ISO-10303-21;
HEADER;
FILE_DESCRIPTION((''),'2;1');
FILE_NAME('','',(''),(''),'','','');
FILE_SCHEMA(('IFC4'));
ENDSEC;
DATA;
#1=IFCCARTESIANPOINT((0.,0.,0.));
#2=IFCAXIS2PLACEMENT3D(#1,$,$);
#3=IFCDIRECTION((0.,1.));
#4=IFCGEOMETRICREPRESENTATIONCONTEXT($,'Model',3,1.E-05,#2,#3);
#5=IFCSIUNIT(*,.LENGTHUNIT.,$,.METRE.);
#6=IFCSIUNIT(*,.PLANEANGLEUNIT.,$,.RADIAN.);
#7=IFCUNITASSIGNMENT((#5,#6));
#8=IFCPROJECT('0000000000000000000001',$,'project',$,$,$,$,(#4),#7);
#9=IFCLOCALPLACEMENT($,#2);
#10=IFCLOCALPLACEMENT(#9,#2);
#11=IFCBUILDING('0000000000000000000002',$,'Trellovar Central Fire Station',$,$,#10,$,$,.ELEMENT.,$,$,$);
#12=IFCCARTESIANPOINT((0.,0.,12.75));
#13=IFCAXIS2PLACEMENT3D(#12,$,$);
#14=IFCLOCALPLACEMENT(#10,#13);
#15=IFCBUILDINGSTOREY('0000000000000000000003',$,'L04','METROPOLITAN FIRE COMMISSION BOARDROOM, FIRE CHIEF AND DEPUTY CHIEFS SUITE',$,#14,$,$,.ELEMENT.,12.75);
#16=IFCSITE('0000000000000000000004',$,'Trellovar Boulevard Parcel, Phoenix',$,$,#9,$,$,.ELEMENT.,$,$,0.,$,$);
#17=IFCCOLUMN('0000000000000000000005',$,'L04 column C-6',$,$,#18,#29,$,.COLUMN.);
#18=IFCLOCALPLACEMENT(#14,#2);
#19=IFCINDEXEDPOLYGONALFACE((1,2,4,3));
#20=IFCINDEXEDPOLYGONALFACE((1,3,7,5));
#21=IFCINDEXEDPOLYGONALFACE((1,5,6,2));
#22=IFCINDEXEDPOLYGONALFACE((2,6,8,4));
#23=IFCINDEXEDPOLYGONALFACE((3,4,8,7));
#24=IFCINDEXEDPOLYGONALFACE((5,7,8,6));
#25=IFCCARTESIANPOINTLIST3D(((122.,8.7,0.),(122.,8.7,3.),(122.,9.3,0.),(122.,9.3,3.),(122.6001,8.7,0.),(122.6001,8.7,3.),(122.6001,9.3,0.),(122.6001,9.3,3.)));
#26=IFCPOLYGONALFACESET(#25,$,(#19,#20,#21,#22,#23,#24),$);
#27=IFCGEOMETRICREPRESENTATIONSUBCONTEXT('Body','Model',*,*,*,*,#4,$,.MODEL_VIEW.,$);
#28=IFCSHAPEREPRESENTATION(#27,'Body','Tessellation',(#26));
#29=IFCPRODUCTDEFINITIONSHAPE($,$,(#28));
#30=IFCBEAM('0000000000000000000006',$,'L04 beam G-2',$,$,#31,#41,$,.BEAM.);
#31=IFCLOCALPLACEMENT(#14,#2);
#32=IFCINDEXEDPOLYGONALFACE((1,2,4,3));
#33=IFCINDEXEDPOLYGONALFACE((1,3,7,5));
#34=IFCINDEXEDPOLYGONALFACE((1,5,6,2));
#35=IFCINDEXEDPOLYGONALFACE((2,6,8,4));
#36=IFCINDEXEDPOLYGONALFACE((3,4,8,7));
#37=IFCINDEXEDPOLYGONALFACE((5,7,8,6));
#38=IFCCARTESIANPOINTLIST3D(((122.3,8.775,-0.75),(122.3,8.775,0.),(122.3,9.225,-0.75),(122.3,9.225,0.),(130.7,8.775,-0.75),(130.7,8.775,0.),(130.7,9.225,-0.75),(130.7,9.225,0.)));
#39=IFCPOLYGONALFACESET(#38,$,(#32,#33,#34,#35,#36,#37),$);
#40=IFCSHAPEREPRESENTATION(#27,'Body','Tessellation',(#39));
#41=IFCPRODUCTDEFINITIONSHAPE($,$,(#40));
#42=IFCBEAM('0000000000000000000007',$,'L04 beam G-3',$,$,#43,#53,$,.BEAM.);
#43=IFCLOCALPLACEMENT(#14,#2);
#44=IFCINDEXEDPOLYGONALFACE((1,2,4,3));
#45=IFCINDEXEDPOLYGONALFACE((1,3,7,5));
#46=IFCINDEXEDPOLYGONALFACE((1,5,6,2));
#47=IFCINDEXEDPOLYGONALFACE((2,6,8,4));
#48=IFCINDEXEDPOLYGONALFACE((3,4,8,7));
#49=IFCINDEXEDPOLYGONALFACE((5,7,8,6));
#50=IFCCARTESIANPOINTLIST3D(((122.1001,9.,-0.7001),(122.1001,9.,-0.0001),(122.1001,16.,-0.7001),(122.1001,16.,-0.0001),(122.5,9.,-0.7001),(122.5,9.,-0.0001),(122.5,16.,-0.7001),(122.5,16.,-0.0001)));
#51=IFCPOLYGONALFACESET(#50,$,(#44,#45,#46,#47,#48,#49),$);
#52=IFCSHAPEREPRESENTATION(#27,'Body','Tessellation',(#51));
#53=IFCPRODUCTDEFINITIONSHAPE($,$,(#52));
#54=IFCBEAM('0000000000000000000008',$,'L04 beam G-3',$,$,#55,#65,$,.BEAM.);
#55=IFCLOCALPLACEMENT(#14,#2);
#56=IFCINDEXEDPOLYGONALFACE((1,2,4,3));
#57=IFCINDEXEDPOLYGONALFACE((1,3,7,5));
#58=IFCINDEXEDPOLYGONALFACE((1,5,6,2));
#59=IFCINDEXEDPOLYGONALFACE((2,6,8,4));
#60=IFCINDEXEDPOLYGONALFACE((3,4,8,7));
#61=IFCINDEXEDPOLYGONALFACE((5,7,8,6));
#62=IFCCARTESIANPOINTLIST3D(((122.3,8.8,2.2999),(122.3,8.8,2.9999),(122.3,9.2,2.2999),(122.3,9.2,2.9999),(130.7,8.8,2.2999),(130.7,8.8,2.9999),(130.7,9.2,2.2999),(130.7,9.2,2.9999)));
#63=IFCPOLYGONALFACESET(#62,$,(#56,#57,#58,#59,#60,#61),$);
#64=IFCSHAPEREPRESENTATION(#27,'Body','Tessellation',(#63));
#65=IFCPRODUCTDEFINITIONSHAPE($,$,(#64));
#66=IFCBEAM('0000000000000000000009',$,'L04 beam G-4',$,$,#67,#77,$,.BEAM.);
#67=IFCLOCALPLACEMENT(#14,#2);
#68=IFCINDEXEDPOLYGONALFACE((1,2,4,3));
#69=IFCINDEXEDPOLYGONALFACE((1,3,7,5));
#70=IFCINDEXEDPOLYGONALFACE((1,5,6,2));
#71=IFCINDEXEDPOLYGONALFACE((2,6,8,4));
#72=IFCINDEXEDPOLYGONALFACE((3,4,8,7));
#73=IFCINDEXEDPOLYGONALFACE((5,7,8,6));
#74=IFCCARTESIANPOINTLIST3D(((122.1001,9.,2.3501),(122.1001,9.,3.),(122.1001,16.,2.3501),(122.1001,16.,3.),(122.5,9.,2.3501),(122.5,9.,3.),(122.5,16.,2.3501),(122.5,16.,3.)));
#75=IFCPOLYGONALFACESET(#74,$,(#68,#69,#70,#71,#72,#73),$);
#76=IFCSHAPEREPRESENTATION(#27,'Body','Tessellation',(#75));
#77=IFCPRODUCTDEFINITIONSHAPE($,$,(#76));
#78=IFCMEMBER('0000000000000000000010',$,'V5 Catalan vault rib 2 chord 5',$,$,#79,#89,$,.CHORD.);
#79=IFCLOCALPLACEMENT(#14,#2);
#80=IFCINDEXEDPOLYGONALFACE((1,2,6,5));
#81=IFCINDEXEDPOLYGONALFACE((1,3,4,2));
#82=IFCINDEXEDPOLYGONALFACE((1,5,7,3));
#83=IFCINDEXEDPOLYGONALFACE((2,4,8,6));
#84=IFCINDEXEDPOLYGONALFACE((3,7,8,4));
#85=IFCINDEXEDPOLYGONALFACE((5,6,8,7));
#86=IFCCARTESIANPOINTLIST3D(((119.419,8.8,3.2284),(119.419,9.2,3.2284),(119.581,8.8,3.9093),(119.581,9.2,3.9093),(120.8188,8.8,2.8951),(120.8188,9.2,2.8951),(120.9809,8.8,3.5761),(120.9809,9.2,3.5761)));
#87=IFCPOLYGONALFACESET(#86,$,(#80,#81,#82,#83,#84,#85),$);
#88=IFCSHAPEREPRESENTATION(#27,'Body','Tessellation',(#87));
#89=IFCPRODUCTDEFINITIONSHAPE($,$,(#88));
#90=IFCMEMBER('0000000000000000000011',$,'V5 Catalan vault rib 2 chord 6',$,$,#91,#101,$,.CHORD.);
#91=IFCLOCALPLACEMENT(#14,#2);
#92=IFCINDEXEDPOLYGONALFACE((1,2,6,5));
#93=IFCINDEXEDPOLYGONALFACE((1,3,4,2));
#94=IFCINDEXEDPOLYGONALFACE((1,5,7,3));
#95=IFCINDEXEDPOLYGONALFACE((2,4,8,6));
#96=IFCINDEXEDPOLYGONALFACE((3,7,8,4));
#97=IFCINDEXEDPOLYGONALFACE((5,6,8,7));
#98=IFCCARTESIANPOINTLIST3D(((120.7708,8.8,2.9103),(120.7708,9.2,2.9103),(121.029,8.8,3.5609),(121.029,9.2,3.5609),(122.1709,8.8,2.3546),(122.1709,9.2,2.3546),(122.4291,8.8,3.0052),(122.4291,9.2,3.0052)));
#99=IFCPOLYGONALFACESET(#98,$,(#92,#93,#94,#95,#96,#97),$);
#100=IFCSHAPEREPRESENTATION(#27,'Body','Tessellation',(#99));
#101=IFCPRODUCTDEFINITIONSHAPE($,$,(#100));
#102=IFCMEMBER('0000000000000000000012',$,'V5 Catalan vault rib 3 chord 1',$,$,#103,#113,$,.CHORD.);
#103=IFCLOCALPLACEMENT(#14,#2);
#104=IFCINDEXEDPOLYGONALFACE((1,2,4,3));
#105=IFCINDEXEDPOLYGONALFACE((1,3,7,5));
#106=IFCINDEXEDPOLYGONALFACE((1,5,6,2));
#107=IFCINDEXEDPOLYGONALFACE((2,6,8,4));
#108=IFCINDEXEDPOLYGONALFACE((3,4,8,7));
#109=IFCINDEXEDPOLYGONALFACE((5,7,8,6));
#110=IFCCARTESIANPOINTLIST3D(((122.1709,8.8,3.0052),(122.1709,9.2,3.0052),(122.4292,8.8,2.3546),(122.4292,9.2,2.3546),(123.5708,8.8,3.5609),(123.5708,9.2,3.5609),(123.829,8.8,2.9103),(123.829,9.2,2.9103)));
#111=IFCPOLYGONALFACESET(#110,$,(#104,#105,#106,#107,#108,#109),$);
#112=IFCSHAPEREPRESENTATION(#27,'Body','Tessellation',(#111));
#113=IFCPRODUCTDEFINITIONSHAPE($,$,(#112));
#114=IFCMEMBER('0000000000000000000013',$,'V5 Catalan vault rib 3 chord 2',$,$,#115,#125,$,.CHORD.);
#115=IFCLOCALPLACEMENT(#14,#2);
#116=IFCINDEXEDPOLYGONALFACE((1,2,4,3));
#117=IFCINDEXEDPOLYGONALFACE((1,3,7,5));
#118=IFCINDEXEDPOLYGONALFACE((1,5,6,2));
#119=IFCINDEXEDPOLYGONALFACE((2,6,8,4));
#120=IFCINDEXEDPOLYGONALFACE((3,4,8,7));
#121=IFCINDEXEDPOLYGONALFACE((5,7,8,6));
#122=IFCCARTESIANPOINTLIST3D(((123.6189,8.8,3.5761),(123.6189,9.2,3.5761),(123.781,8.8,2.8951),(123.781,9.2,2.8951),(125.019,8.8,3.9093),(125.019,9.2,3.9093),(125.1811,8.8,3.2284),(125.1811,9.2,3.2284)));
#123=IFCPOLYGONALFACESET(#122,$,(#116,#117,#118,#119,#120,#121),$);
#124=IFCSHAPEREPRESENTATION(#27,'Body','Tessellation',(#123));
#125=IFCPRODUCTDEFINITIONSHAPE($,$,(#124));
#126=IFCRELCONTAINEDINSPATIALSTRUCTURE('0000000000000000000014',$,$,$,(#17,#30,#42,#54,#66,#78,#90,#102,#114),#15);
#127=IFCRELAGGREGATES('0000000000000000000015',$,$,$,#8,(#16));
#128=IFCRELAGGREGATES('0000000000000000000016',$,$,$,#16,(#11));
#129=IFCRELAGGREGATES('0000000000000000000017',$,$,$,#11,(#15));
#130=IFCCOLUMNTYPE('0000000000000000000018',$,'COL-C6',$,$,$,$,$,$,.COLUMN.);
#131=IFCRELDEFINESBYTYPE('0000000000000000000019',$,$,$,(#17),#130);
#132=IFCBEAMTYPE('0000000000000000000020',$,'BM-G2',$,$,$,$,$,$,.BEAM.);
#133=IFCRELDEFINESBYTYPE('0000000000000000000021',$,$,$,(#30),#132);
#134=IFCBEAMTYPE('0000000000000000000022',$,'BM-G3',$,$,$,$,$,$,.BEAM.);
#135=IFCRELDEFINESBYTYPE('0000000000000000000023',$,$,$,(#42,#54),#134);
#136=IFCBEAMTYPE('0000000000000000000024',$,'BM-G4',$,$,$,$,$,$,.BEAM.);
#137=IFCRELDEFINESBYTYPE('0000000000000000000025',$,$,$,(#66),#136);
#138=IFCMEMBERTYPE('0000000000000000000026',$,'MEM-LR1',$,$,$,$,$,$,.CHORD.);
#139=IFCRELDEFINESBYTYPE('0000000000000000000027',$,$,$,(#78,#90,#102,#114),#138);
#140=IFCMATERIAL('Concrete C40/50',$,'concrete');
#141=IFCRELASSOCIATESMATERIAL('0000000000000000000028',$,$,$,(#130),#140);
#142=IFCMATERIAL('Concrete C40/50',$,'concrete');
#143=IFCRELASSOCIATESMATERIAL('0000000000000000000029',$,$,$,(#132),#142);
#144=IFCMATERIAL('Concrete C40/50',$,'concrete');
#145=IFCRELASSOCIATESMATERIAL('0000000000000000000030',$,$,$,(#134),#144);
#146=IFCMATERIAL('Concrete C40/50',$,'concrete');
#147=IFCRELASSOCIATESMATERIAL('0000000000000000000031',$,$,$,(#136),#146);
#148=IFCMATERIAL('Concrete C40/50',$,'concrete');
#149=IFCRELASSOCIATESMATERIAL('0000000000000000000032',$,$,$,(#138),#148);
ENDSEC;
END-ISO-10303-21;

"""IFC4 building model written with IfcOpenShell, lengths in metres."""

from ifc_helpers import new_model, si_unit, direction, frame, origin, origin_2d, place, context, subcontext, project, spatial, rectangle, extrude, material, material_profile, profile_set, type_object, element, save


model = new_model("IFC4")

# Units and contexts
model_context = context("Model", 3, precision=1e-05, world=origin(), true_north=direction((0.0, 1.0)))
body_context = subcontext(model_context, "Body", "Model", "MODEL_VIEW")
ifc_project = project(units=[si_unit("LENGTHUNIT", "METRE"), si_unit("PLANEANGLEUNIT", "RADIAN")], contexts=[model_context])

# Site, building, storey
site_placement = place(None, origin())
site = spatial("IfcSite", under=ifc_project, at=site_placement, Name="Trellovar Boulevard Parcel, Phoenix", CompositionType="ELEMENT", RefElevation=0.0)
building_placement = place(site_placement, origin())
building = spatial("IfcBuilding", under=site, at=building_placement, Name="Trellovar Central Fire Station", CompositionType="ELEMENT")
storey_placement = place(building_placement, frame((0.0, 0.0, 12.75)))
storey = spatial("IfcBuildingStorey", under=building, at=storey_placement, Name="L04", Description="METROPOLITAN FIRE COMMISSION BOARDROOM, FIRE CHIEF AND DEPUTY CHIEFS SUITE", CompositionType="ELEMENT", Elevation=12.75)

# Column
ifc_material_1 = material(Name="Concrete C40/50", Category="concrete")
ifc_material_profile_1 = material_profile(ifc_material_1, rectangle(XDim=0.6001, YDim=0.6001, at=origin_2d()), Name="RC600X600")
ifc_profile_set_1 = profile_set([ifc_material_profile_1], Name="Concrete C40/50")
column_type = type_object("IfcColumnType", Name="COL-C6", PredefinedType="COLUMN", material=ifc_profile_set_1)
column_placement = place(storey_placement, frame((122.3, 9.0, 0.0), z_axis=(0.0, 0.0, 1.0), x_axis=(1.0, 0.0, 0.0)))
element("IfcColumn", 1, at=column_placement, inside=storey, type_object=column_type, Name="L04 column C-6", PredefinedType="COLUMN", context=body_context, shape_type="SweptSolid", body=[
    extrude(rectangle(XDim=0.6001, YDim=0.6001, at=origin_2d()), origin(), (0.0, 0.0, 1.0), 3.0),
])

# Beams
ifc_material_2 = material(Name="Concrete C40/50", Category="concrete")
ifc_material_profile_2 = material_profile(ifc_material_2, rectangle(XDim=0.45, YDim=0.75, at=origin_2d()), Name="RC450X750")
ifc_profile_set_2 = profile_set([ifc_material_profile_2], Name="Concrete C40/50")
beam_type_1 = type_object("IfcBeamType", Name="BM-G2", PredefinedType="BEAM", material=ifc_profile_set_2)
beam_1_placement = place(storey_placement, frame((122.3, 9.0, -0.375), z_axis=(1.0, 0.0, 0.0), x_axis=(0.0, 1.0, 0.0)))
element("IfcBeam", 2, at=beam_1_placement, inside=storey, type_object=beam_type_1, Name="L04 beam G-2", PredefinedType="BEAM", context=body_context, shape_type="SweptSolid", body=[
    extrude(rectangle(XDim=0.45, YDim=0.75, at=origin_2d()), origin(), (0.0, 0.0, 1.0), 8.3999),
])
ifc_material_3 = material(Name="Concrete C40/50", Category="concrete")
ifc_material_profile_3 = material_profile(ifc_material_3, rectangle(XDim=0.3999, YDim=0.7, at=origin_2d()), Name="RC400X700")
ifc_profile_set_3 = profile_set([ifc_material_profile_3], Name="Concrete C40/50")
beam_type_2 = type_object("IfcBeamType", Name="BM-G3", PredefinedType="BEAM", material=ifc_profile_set_3)
beam_2_placement = place(storey_placement, frame((122.3, 9.0, -0.3501), z_axis=(0.0, 1.0, 0.0), x_axis=(-1.0, 0.0, 0.0)))
element("IfcBeam", 3, at=beam_2_placement, inside=storey, type_object=beam_type_2, Name="L04 beam G-3", PredefinedType="BEAM", context=body_context, shape_type="SweptSolid", body=[
    extrude(rectangle(XDim=0.3999, YDim=0.7, at=origin_2d()), origin(), (0.0, 0.0, 1.0), 7.0),
])
beam_3_placement = place(storey_placement, frame((122.3, 9.0, 2.6499), z_axis=(1.0, 0.0, 0.0), x_axis=(0.0, 1.0, 0.0)))
element("IfcBeam", 4, at=beam_3_placement, inside=storey, type_object=beam_type_2, Name="L04 beam G-3", PredefinedType="BEAM", context=body_context, shape_type="SweptSolid", body=[
    extrude(rectangle(XDim=0.3999, YDim=0.7, at=origin_2d()), origin(), (0.0, 0.0, 1.0), 8.3999),
])
ifc_material_4 = material(Name="Concrete C40/50", Category="concrete")
ifc_material_profile_4 = material_profile(ifc_material_4, rectangle(XDim=0.3999, YDim=0.6499, at=origin_2d()), Name="RC400X650")
ifc_profile_set_4 = profile_set([ifc_material_profile_4], Name="Concrete C40/50")
beam_type_3 = type_object("IfcBeamType", Name="BM-G4", PredefinedType="BEAM", material=ifc_profile_set_4)
beam_4_placement = place(storey_placement, frame((122.3, 9.0, 2.675), z_axis=(0.0, 1.0, 0.0), x_axis=(-1.0, 0.0, 0.0)))
element("IfcBeam", 5, at=beam_4_placement, inside=storey, type_object=beam_type_3, Name="L04 beam G-4", PredefinedType="BEAM", context=body_context, shape_type="SweptSolid", body=[
    extrude(rectangle(XDim=0.3999, YDim=0.6499, at=origin_2d()), origin(), (0.0, 0.0, 1.0), 7.0),
])

# Members
ifc_material_5 = material(Name="Concrete C40/50", Category="concrete")
ifc_material_profile_5 = material_profile(ifc_material_5, rectangle(XDim=0.3999, YDim=0.7, at=origin_2d()), Name="RC400X700")
ifc_profile_set_5 = profile_set([ifc_material_profile_5], Name="Concrete C40/50")
member_type_1 = type_object("IfcMemberType", Name="MEM-LR1", PredefinedType="CHORD", material=ifc_profile_set_5)
member_1_placement = place(storey_placement, frame((119.5, 9.0, 3.5688), z_axis=(0.972815, 0.0, -0.231582), x_axis=(0.0, 1.0, 0.0)))
element("IfcMember", 6, at=member_1_placement, inside=storey, type_object=member_type_1, Name="V5 Catalan vault rib 2 chord 5", PredefinedType="CHORD", context=body_context, shape_type="SweptSolid", body=[
    extrude(rectangle(XDim=0.3999, YDim=0.7, at=origin_2d()), origin(), (0.0, 0.0, 1.0), 1.439),
])
member_2_placement = place(storey_placement, frame((120.8999, 9.0, 3.2356), z_axis=(0.929479, 0.0, -0.368874), x_axis=(0.0, 1.0, 0.0)))
element("IfcMember", 7, at=member_2_placement, inside=storey, type_object=member_type_1, Name="V5 Catalan vault rib 2 chord 6", PredefinedType="CHORD", context=body_context, shape_type="SweptSolid", body=[
    extrude(rectangle(XDim=0.3999, YDim=0.7, at=origin_2d()), origin(), (0.0, 0.0, 1.0), 1.5063),
])
member_3_placement = place(storey_placement, frame((122.3, 9.0, 2.6799), z_axis=(0.929457, 0.0, 0.36893), x_axis=(0.0, 1.0, 0.0)))
element("IfcMember", 8, at=member_3_placement, inside=storey, type_object=member_type_1, Name="V5 Catalan vault rib 3 chord 1", PredefinedType="CHORD", context=body_context, shape_type="SweptSolid", body=[
    extrude(rectangle(XDim=0.3999, YDim=0.7, at=origin_2d()), origin(), (0.0, 0.0, 1.0), 1.5061),
])
member_4_placement = place(storey_placement, frame((123.7, 9.0, 3.2356), z_axis=(0.972824, 0.0, 0.231544), x_axis=(0.0, 1.0, 0.0)))
element("IfcMember", 9, at=member_4_placement, inside=storey, type_object=member_type_1, Name="V5 Catalan vault rib 3 chord 2", PredefinedType="CHORD", context=body_context, shape_type="SweptSolid", body=[
    extrude(rectangle(XDim=0.3999, YDim=0.7, at=origin_2d()), origin(), (0.0, 0.0, 1.0), 1.4392),
])

save(model, "model.ifc")
